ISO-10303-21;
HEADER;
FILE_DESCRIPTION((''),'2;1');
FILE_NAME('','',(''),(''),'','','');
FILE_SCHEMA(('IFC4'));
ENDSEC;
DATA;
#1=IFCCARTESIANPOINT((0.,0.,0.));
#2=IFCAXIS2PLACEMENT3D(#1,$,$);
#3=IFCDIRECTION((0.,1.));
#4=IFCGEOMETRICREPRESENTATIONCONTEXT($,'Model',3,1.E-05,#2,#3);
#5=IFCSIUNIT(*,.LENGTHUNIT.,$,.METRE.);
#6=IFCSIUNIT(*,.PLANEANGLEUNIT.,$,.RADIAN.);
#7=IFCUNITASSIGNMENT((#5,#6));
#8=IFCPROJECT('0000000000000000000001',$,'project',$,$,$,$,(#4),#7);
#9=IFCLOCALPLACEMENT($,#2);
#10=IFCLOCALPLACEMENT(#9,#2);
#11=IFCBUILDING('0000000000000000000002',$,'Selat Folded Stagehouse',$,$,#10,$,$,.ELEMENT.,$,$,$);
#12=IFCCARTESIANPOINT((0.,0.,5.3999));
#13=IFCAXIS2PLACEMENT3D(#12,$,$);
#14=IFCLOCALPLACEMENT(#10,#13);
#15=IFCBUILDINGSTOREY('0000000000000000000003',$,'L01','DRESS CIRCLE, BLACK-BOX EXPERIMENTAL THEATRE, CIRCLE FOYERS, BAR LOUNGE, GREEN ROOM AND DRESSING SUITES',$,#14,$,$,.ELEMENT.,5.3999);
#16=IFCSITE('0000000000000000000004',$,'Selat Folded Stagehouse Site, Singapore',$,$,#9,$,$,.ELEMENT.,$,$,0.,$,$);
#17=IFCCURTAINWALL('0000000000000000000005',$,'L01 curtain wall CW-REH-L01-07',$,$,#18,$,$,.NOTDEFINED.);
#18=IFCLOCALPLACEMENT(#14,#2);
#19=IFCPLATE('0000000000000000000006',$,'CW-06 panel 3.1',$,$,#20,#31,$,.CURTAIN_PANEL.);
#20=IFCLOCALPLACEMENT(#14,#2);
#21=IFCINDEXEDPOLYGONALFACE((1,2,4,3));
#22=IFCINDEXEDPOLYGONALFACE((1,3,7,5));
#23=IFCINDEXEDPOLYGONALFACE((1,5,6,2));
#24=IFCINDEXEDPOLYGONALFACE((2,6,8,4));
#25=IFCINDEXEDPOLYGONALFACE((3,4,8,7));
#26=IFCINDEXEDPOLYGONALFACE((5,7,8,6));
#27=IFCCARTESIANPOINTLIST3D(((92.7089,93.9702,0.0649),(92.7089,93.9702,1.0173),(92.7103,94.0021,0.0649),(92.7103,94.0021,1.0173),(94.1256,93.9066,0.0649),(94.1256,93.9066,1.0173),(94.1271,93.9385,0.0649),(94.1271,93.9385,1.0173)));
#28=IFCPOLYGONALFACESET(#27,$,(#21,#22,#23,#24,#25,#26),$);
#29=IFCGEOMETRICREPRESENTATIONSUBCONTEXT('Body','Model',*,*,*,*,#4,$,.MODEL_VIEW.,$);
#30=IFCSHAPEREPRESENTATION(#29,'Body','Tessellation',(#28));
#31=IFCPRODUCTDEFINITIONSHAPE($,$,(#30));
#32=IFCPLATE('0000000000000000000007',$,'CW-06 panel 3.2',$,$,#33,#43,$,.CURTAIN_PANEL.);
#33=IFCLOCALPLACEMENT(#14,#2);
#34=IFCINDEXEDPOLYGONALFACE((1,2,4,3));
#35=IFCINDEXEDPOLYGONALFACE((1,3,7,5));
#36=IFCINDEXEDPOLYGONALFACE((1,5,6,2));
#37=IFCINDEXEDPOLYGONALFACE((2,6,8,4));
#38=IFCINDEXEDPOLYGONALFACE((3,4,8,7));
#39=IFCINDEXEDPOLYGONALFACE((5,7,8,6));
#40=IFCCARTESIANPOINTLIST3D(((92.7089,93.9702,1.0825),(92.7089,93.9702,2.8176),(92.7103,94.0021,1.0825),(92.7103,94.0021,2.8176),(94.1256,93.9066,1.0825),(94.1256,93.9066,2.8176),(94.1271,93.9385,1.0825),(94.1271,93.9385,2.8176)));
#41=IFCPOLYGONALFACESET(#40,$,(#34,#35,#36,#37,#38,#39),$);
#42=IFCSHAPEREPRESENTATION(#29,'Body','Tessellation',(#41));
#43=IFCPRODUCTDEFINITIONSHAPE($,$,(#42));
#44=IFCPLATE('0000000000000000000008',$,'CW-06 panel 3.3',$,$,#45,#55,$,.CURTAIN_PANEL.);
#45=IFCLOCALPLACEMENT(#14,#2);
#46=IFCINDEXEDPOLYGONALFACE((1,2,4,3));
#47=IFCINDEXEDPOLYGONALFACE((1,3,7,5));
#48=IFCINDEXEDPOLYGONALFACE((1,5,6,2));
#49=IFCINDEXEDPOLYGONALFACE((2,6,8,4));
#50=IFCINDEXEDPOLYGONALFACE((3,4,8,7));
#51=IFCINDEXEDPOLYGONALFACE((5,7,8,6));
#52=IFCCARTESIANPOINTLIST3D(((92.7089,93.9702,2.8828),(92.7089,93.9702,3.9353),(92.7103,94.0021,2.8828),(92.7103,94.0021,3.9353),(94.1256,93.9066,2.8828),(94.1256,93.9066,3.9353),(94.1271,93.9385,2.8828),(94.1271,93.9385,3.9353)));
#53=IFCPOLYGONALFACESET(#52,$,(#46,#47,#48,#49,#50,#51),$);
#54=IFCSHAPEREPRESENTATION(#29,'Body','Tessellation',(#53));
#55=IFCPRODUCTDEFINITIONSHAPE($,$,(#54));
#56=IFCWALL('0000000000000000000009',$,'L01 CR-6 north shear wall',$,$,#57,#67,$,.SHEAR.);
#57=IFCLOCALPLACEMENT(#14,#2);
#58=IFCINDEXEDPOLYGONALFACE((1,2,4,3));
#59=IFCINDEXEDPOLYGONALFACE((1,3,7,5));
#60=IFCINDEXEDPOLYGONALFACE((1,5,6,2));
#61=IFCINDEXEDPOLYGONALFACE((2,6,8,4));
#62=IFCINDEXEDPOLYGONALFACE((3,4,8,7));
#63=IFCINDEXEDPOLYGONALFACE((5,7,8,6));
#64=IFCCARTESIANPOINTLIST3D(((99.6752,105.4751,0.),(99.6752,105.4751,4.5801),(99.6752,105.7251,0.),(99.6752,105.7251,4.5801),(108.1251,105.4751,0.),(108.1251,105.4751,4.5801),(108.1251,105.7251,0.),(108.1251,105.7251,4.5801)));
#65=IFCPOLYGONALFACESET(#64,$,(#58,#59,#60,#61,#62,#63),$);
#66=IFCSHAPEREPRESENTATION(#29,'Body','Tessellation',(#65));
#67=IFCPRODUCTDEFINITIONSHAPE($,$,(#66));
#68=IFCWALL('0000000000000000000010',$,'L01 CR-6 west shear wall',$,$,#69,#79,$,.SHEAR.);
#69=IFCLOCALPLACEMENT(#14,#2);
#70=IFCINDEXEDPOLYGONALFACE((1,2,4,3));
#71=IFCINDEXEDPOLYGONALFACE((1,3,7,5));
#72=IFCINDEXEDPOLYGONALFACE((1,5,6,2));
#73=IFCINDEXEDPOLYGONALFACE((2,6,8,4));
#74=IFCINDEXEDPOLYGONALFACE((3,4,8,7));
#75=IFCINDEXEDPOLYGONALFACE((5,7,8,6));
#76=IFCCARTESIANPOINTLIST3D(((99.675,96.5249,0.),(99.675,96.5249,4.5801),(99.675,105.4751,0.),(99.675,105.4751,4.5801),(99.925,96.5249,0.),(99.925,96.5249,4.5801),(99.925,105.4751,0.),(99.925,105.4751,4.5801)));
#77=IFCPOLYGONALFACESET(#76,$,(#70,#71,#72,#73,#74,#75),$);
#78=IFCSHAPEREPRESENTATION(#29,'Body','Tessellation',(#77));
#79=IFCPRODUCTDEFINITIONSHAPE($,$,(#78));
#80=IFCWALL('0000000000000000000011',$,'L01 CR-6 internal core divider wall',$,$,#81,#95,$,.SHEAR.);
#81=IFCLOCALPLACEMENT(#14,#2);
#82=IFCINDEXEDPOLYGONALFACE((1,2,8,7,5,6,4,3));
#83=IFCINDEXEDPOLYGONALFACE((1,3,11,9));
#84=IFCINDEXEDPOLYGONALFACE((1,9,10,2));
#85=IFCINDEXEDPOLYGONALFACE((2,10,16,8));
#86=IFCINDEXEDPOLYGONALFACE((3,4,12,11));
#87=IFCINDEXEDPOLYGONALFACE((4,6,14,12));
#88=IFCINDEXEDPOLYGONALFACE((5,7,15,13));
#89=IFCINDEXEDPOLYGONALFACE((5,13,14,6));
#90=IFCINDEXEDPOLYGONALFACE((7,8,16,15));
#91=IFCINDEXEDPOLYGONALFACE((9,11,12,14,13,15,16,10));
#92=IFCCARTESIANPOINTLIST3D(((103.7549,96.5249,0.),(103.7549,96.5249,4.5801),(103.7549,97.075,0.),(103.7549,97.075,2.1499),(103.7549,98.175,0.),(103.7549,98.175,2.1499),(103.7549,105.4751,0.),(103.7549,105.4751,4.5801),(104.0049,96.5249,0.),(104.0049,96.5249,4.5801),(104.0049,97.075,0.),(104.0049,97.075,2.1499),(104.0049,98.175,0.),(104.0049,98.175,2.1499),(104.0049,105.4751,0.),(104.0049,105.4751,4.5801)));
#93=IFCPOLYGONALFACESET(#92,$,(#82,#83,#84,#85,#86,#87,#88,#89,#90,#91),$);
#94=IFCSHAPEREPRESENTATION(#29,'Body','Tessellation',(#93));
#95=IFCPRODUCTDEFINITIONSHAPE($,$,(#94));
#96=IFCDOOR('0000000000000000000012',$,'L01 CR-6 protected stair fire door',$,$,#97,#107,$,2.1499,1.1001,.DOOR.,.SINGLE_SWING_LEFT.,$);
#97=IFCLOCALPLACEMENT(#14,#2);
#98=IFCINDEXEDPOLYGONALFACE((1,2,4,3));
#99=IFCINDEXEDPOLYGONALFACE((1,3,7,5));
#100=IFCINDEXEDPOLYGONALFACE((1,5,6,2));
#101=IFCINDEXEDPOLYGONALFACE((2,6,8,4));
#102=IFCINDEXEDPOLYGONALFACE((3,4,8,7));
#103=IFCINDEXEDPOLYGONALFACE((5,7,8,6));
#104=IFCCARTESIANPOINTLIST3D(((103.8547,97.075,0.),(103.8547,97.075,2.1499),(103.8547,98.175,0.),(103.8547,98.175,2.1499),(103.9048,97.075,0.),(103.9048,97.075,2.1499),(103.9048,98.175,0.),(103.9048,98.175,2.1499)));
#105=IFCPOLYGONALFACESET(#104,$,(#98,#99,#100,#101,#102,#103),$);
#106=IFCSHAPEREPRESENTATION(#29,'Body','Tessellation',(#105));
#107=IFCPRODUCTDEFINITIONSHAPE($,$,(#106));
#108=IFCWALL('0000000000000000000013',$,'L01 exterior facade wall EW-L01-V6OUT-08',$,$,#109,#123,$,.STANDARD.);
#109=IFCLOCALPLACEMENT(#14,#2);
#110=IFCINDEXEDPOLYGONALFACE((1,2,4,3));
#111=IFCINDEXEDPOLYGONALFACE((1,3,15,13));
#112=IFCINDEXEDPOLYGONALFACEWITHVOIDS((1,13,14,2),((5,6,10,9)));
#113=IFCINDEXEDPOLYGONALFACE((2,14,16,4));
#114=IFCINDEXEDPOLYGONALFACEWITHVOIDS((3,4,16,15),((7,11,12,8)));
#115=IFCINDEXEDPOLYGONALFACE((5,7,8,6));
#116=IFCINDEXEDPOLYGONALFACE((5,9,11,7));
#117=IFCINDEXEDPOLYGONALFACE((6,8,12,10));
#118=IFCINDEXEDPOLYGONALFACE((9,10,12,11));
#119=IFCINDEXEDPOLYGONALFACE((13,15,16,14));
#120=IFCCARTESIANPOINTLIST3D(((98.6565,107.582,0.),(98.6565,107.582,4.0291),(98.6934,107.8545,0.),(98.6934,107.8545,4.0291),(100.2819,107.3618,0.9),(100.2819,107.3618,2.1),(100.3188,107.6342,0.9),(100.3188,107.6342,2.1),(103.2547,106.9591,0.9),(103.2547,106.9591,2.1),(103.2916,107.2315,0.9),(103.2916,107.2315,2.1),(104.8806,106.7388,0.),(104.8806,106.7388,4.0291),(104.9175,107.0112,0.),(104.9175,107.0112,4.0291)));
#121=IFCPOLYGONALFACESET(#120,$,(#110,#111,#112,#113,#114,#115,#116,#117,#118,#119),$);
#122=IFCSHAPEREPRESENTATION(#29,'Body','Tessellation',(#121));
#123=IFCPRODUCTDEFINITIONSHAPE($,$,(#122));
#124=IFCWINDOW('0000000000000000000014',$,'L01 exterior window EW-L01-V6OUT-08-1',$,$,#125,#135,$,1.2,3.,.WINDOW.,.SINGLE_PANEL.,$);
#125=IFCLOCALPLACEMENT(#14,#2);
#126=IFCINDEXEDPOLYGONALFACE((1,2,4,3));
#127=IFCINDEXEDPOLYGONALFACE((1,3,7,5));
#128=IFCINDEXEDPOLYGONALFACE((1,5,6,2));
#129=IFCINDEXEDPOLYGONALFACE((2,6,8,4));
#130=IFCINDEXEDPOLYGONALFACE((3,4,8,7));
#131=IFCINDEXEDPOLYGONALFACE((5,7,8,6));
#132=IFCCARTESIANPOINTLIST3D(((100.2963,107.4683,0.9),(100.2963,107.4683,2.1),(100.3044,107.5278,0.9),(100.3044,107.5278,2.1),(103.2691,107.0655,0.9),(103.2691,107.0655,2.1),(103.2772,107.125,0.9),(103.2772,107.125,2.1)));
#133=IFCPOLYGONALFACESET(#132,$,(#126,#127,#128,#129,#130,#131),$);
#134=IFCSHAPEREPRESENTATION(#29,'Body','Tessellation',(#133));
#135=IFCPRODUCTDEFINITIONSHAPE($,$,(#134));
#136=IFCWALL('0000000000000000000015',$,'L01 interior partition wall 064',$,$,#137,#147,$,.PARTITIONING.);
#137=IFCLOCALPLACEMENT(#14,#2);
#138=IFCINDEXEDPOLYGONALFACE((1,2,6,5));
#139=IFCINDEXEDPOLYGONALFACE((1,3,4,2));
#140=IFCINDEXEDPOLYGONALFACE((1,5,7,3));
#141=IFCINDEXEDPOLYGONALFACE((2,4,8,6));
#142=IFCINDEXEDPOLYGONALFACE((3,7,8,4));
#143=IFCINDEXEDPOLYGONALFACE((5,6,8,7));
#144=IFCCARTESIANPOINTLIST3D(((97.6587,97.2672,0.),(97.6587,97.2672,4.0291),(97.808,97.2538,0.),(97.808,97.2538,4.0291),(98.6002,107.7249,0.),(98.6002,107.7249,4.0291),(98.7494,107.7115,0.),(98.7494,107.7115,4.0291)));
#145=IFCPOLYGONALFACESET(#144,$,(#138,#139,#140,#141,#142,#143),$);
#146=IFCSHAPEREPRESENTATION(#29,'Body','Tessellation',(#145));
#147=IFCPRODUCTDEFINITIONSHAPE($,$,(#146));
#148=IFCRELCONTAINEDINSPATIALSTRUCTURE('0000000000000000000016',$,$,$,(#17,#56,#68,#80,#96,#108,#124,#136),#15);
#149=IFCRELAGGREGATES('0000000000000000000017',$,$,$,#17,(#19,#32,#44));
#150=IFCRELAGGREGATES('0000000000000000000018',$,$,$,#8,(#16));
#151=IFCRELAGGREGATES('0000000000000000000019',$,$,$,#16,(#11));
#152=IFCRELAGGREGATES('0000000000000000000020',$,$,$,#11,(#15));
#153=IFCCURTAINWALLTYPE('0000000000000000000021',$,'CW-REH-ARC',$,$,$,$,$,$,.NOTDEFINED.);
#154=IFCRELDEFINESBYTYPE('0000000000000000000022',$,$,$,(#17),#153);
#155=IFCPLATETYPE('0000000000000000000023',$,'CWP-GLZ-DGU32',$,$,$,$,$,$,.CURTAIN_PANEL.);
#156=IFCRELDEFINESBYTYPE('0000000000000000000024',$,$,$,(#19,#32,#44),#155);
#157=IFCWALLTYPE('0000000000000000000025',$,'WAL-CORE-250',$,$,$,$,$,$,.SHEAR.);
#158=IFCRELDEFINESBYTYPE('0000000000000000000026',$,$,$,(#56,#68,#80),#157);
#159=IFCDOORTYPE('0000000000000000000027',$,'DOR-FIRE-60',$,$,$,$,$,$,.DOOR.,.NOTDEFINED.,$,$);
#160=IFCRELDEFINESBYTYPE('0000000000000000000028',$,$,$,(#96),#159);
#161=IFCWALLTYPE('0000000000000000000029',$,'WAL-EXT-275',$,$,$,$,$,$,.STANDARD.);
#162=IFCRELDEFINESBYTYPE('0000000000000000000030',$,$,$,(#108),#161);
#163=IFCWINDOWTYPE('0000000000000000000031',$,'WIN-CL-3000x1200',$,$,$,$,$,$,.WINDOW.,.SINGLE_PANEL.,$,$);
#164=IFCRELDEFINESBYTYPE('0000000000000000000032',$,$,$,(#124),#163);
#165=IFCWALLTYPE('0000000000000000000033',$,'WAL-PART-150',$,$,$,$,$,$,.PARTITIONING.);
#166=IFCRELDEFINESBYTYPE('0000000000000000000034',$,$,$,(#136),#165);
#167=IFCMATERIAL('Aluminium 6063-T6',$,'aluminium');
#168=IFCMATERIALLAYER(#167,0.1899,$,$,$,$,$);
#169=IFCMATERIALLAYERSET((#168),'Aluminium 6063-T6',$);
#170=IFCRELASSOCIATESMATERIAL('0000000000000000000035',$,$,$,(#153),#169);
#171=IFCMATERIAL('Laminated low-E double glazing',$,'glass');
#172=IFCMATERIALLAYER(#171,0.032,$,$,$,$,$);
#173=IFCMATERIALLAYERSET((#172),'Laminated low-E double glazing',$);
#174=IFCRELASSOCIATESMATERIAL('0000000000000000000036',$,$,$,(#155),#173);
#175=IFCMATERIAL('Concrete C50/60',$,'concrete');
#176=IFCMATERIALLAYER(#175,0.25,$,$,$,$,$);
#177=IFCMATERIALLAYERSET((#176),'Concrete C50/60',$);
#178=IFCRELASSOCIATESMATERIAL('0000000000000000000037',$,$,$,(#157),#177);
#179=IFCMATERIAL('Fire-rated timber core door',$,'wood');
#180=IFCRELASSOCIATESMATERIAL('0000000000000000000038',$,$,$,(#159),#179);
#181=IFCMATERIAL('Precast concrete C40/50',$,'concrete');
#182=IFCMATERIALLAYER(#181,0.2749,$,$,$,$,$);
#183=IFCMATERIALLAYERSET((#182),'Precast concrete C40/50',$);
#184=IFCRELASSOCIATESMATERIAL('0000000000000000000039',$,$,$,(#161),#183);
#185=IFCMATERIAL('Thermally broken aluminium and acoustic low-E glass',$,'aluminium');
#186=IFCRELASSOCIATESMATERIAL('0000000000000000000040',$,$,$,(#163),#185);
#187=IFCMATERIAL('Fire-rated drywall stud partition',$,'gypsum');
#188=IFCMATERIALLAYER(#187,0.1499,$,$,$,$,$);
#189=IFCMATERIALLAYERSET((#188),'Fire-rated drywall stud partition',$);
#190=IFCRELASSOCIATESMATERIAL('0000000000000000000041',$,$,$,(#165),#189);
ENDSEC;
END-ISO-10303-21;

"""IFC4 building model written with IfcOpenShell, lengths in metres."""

from ifc_helpers import new_model, si_unit, direction, frame, frame_2d, origin, origin_2d, place, context, subcontext, project, spatial, rectangle, extrude, material, layer, layer_set, type_object, element, fill, aggregate, save


model = new_model("IFC4")

# Units and contexts
model_context = context("Model", 3, precision=1e-05, world=origin(), true_north=direction((0.0, 1.0)))
body_context = subcontext(model_context, "Body", "Model", "MODEL_VIEW")
ifc_project = project(units=[si_unit("LENGTHUNIT", "METRE"), si_unit("PLANEANGLEUNIT", "RADIAN")], contexts=[model_context])

# Site, building, storey
site_placement = place(None, origin())
site = spatial("IfcSite", under=ifc_project, at=site_placement, Name="Selat Folded Stagehouse Site, Singapore", CompositionType="ELEMENT", RefElevation=0.0)
building_placement = place(site_placement, origin())
building = spatial("IfcBuilding", under=site, at=building_placement, Name="Selat Folded Stagehouse", CompositionType="ELEMENT")
storey_placement = place(building_placement, frame((0.0, 0.0, 5.3999)))
storey = spatial("IfcBuildingStorey", under=building, at=storey_placement, Name="L01", Description="DRESS CIRCLE, BLACK-BOX EXPERIMENTAL THEATRE, CIRCLE FOYERS, BAR LOUNGE, GREEN ROOM AND DRESSING SUITES", CompositionType="ELEMENT", Elevation=5.3999)

# Curtain wall
ifc_material_1 = material(Name="Aluminium 6063-T6", Category="aluminium")
ifc_layer_1 = layer(ifc_material_1, 0.1899)
ifc_layer_set_1 = layer_set([ifc_layer_1], Name="Aluminium 6063-T6")
curtain_wall_type = type_object("IfcCurtainWallType", Name="CW-REH-ARC", PredefinedType="NOTDEFINED", material=ifc_layer_set_1)
curtain_wall_placement = place(storey_placement, origin())
curtain_wall = element("IfcCurtainWall", 1, at=curtain_wall_placement, inside=storey, type_object=curtain_wall_type, Name="L01 curtain wall CW-REH-L01-07", PredefinedType="NOTDEFINED")

# Plates
ifc_material_2 = material(Name="Laminated low-E double glazing", Category="glass")
ifc_layer_2 = layer(ifc_material_2, 0.032)
ifc_layer_set_2 = layer_set([ifc_layer_2], Name="Laminated low-E double glazing")
plate_type = type_object("IfcPlateType", Name="CWP-GLZ-DGU32", PredefinedType="CURTAIN_PANEL", material=ifc_layer_set_2)
plate_1_placement = place(storey_placement, frame((93.418, 93.9543, 0.0649), z_axis=(0.0, 0.0, 1.0), x_axis=(-0.998993, 0.044862, 0.0)))
plate_1 = element("IfcPlate", 2, at=plate_1_placement, type_object=plate_type, Name="CW-06 panel 3.1", PredefinedType="CURTAIN_PANEL", context=body_context, shape_type="SweptSolid", body=[
    extrude(rectangle(XDim=1.4182, YDim=0.032, at=origin_2d()), origin(), (0.0, 0.0, 1.0), 0.9524),
])
plate_2_placement = place(storey_placement, frame((93.418, 93.9543, 1.0825), z_axis=(0.0, 0.0, 1.0), x_axis=(-0.998993, 0.044862, 0.0)))
plate_2 = element("IfcPlate", 3, at=plate_2_placement, type_object=plate_type, Name="CW-06 panel 3.2", PredefinedType="CURTAIN_PANEL", context=body_context, shape_type="SweptSolid", body=[
    extrude(rectangle(XDim=1.4182, YDim=0.032, at=origin_2d()), origin(), (0.0, 0.0, 1.0), 1.7351),
])
plate_3_placement = place(storey_placement, frame((93.418, 93.9543, 2.8828), z_axis=(0.0, 0.0, 1.0), x_axis=(-0.998993, 0.044862, 0.0)))
plate_3 = element("IfcPlate", 4, at=plate_3_placement, type_object=plate_type, Name="CW-06 panel 3.3", PredefinedType="CURTAIN_PANEL", context=body_context, shape_type="SweptSolid", body=[
    extrude(rectangle(XDim=1.4182, YDim=0.032, at=origin_2d()), origin(), (0.0, 0.0, 1.0), 1.0525),
])
aggregate(curtain_wall, [plate_1, plate_2, plate_3])

# Walls
ifc_material_3 = material(Name="Concrete C50/60", Category="concrete")
ifc_layer_3 = layer(ifc_material_3, 0.25)
ifc_layer_set_3 = layer_set([ifc_layer_3], Name="Concrete C50/60")
wall_type_1 = type_object("IfcWallType", Name="WAL-CORE-250", PredefinedType="SHEAR", material=ifc_layer_set_3)
wall_1_placement = place(storey_placement, frame((99.675, 105.6001, 0.0), z_axis=(0.0, 0.0, 1.0), x_axis=(1.0, 0.0, 0.0)))
element("IfcWall", 5, at=wall_1_placement, inside=storey, type_object=wall_type_1, Name="L01 CR-6 north shear wall", PredefinedType="SHEAR", context=body_context, shape_type="SweptSolid", body=[
    extrude(rectangle(XDim=8.45, YDim=0.25, at=frame_2d((4.2251, 0.0))), origin(), (0.0, 0.0, 1.0), 4.5801),
])
wall_2_placement = place(storey_placement, frame((99.8, 96.5249, 0.0), z_axis=(0.0, 0.0, 1.0), x_axis=(0.0, 1.0, 0.0)))
element("IfcWall", 6, at=wall_2_placement, inside=storey, type_object=wall_type_1, Name="L01 CR-6 west shear wall", PredefinedType="SHEAR", context=body_context, shape_type="SweptSolid", body=[
    extrude(rectangle(XDim=8.9502, YDim=0.25, at=frame_2d((4.4751, 0.0))), origin(), (0.0, 0.0, 1.0), 4.5801),
])

# Wall, opening, door
wall_3_placement = place(storey_placement, frame((103.8799, 105.4751, 0.0), z_axis=(0.0, 0.0, 1.0), x_axis=(0.0, -1.0, 0.0)))
wall_3 = element("IfcWall", 7, at=wall_3_placement, inside=storey, type_object=wall_type_1, Name="L01 CR-6 internal core divider wall", PredefinedType="SHEAR", context=body_context, shape_type="SweptSolid", body=[
    extrude(rectangle(XDim=8.9502, YDim=0.25, at=frame_2d((4.4751, 0.0))), origin(), (0.0, 0.0, 1.0), 4.5801),
])
opening_1_placement = place(wall_3_placement, frame((7.3, 0.0, 0.0)))
opening_1 = element("IfcOpeningElement", 8, at=opening_1_placement, cuts=wall_3, PredefinedType="OPENING", context=body_context, shape_type="SweptSolid", body=[
    extrude(rectangle(XDim=1.1001, YDim=2.1499, at=frame_2d((0.55, 1.075))), frame((0.0, 0.135, 0.0), z_axis=(0.0, -1.0, 0.0), x_axis=(1.0, 0.0, 0.0)), (0.0, 0.0, 1.0), 0.27),
])
ifc_material_4 = material(Name="Fire-rated timber core door", Category="wood")
door_type = type_object("IfcDoorType", Name="DOR-FIRE-60", OperationType="NOTDEFINED", PredefinedType="DOOR", material=ifc_material_4)
door_placement = place(opening_1_placement, origin())
door = element("IfcDoor", 9, at=door_placement, inside=storey, type_object=door_type, Name="L01 CR-6 protected stair fire door", OperationType="SINGLE_SWING_LEFT", OverallHeight=2.1499, OverallWidth=1.1001, PredefinedType="DOOR", context=body_context, shape_type="SweptSolid", body=[
    extrude(rectangle(XDim=1.1001, YDim=2.1499, at=frame_2d((0.55, 1.075))), frame((0.0, 0.0249, 0.0), z_axis=(0.0, -1.0, 0.0), x_axis=(1.0, 0.0, 0.0)), (0.0, 0.0, 1.0), 0.05),
])
fill(opening_1, door)

# Wall, opening, window
ifc_material_5 = material(Name="Precast concrete C40/50", Category="concrete")
ifc_layer_4 = layer(ifc_material_5, 0.2749)
ifc_layer_set_4 = layer_set([ifc_layer_4], Name="Precast concrete C40/50")
wall_type_2 = type_object("IfcWallType", Name="WAL-EXT-275", PredefinedType="STANDARD", material=ifc_layer_set_4)
wall_4_placement = place(storey_placement, frame((98.6748, 107.7183, 0.0), z_axis=(0.0, 0.0, 1.0), x_axis=(0.990947, -0.134256, 0.0)))
wall_4 = element("IfcWall", 10, at=wall_4_placement, inside=storey, type_object=wall_type_2, Name="L01 exterior facade wall EW-L01-V6OUT-08", PredefinedType="STANDARD", context=body_context, shape_type="SweptSolid", body=[
    extrude(rectangle(XDim=6.281, YDim=0.2749, at=frame_2d((3.1406, 0.0))), origin(), (0.0, 0.0, 1.0), 4.0291),
])
opening_2_placement = place(wall_4_placement, frame((1.6404, 0.0, 0.8999)))
opening_2 = element("IfcOpeningElement", 11, at=opening_2_placement, cuts=wall_4, PredefinedType="OPENING", context=body_context, shape_type="SweptSolid", body=[
    extrude(rectangle(XDim=3.0, YDim=1.2, at=frame_2d((1.5, 0.6001))), frame((0.0, 0.1475, 0.0), z_axis=(0.0, -1.0, 0.0), x_axis=(1.0, 0.0, 0.0)), (0.0, 0.0, 1.0), 0.2949),
])
ifc_material_6 = material(Name="Thermally broken aluminium and acoustic low-E glass", Category="aluminium")
window_type = type_object("IfcWindowType", Name="WIN-CL-3000x1200", PartitioningType="SINGLE_PANEL", PredefinedType="WINDOW", material=ifc_material_6)
window_placement = place(opening_2_placement, origin())
window = element("IfcWindow", 12, at=window_placement, inside=storey, type_object=window_type, Name="L01 exterior window EW-L01-V6OUT-08-1", OverallHeight=1.2, OverallWidth=3.0, PartitioningType="SINGLE_PANEL", PredefinedType="WINDOW", context=body_context, shape_type="SweptSolid", body=[
    extrude(rectangle(XDim=3.0, YDim=1.2, at=frame_2d((1.5, 0.6001))), frame((0.0, 0.03, 0.0), z_axis=(0.0, -1.0, 0.0), x_axis=(1.0, 0.0, 0.0)), (0.0, 0.0, 1.0), 0.0601),
])
fill(opening_2, window)

# Wall
ifc_material_7 = material(Name="Fire-rated drywall stud partition", Category="gypsum")
ifc_layer_5 = layer(ifc_material_7, 0.1499)
ifc_layer_set_5 = layer_set([ifc_layer_5], Name="Fire-rated drywall stud partition")
wall_type_3 = type_object("IfcWallType", Name="WAL-PART-150", PredefinedType="PARTITIONING", material=ifc_layer_set_5)
wall_5_placement = place(storey_placement, frame((97.7334, 97.2605, 0.0), z_axis=(0.0, 0.0, 1.0), x_axis=(0.089657, 0.995973, 0.0)))
element("IfcWall", 13, at=wall_5_placement, inside=storey, type_object=wall_type_3, Name="L01 interior partition wall 064", PredefinedType="PARTITIONING", context=body_context, shape_type="SweptSolid", body=[
    extrude(rectangle(XDim=10.5, YDim=0.1499, at=frame_2d((5.25, 0.0))), origin(), (0.0, 0.0, 1.0), 4.0291),
])

save(model, "model.ifc")
